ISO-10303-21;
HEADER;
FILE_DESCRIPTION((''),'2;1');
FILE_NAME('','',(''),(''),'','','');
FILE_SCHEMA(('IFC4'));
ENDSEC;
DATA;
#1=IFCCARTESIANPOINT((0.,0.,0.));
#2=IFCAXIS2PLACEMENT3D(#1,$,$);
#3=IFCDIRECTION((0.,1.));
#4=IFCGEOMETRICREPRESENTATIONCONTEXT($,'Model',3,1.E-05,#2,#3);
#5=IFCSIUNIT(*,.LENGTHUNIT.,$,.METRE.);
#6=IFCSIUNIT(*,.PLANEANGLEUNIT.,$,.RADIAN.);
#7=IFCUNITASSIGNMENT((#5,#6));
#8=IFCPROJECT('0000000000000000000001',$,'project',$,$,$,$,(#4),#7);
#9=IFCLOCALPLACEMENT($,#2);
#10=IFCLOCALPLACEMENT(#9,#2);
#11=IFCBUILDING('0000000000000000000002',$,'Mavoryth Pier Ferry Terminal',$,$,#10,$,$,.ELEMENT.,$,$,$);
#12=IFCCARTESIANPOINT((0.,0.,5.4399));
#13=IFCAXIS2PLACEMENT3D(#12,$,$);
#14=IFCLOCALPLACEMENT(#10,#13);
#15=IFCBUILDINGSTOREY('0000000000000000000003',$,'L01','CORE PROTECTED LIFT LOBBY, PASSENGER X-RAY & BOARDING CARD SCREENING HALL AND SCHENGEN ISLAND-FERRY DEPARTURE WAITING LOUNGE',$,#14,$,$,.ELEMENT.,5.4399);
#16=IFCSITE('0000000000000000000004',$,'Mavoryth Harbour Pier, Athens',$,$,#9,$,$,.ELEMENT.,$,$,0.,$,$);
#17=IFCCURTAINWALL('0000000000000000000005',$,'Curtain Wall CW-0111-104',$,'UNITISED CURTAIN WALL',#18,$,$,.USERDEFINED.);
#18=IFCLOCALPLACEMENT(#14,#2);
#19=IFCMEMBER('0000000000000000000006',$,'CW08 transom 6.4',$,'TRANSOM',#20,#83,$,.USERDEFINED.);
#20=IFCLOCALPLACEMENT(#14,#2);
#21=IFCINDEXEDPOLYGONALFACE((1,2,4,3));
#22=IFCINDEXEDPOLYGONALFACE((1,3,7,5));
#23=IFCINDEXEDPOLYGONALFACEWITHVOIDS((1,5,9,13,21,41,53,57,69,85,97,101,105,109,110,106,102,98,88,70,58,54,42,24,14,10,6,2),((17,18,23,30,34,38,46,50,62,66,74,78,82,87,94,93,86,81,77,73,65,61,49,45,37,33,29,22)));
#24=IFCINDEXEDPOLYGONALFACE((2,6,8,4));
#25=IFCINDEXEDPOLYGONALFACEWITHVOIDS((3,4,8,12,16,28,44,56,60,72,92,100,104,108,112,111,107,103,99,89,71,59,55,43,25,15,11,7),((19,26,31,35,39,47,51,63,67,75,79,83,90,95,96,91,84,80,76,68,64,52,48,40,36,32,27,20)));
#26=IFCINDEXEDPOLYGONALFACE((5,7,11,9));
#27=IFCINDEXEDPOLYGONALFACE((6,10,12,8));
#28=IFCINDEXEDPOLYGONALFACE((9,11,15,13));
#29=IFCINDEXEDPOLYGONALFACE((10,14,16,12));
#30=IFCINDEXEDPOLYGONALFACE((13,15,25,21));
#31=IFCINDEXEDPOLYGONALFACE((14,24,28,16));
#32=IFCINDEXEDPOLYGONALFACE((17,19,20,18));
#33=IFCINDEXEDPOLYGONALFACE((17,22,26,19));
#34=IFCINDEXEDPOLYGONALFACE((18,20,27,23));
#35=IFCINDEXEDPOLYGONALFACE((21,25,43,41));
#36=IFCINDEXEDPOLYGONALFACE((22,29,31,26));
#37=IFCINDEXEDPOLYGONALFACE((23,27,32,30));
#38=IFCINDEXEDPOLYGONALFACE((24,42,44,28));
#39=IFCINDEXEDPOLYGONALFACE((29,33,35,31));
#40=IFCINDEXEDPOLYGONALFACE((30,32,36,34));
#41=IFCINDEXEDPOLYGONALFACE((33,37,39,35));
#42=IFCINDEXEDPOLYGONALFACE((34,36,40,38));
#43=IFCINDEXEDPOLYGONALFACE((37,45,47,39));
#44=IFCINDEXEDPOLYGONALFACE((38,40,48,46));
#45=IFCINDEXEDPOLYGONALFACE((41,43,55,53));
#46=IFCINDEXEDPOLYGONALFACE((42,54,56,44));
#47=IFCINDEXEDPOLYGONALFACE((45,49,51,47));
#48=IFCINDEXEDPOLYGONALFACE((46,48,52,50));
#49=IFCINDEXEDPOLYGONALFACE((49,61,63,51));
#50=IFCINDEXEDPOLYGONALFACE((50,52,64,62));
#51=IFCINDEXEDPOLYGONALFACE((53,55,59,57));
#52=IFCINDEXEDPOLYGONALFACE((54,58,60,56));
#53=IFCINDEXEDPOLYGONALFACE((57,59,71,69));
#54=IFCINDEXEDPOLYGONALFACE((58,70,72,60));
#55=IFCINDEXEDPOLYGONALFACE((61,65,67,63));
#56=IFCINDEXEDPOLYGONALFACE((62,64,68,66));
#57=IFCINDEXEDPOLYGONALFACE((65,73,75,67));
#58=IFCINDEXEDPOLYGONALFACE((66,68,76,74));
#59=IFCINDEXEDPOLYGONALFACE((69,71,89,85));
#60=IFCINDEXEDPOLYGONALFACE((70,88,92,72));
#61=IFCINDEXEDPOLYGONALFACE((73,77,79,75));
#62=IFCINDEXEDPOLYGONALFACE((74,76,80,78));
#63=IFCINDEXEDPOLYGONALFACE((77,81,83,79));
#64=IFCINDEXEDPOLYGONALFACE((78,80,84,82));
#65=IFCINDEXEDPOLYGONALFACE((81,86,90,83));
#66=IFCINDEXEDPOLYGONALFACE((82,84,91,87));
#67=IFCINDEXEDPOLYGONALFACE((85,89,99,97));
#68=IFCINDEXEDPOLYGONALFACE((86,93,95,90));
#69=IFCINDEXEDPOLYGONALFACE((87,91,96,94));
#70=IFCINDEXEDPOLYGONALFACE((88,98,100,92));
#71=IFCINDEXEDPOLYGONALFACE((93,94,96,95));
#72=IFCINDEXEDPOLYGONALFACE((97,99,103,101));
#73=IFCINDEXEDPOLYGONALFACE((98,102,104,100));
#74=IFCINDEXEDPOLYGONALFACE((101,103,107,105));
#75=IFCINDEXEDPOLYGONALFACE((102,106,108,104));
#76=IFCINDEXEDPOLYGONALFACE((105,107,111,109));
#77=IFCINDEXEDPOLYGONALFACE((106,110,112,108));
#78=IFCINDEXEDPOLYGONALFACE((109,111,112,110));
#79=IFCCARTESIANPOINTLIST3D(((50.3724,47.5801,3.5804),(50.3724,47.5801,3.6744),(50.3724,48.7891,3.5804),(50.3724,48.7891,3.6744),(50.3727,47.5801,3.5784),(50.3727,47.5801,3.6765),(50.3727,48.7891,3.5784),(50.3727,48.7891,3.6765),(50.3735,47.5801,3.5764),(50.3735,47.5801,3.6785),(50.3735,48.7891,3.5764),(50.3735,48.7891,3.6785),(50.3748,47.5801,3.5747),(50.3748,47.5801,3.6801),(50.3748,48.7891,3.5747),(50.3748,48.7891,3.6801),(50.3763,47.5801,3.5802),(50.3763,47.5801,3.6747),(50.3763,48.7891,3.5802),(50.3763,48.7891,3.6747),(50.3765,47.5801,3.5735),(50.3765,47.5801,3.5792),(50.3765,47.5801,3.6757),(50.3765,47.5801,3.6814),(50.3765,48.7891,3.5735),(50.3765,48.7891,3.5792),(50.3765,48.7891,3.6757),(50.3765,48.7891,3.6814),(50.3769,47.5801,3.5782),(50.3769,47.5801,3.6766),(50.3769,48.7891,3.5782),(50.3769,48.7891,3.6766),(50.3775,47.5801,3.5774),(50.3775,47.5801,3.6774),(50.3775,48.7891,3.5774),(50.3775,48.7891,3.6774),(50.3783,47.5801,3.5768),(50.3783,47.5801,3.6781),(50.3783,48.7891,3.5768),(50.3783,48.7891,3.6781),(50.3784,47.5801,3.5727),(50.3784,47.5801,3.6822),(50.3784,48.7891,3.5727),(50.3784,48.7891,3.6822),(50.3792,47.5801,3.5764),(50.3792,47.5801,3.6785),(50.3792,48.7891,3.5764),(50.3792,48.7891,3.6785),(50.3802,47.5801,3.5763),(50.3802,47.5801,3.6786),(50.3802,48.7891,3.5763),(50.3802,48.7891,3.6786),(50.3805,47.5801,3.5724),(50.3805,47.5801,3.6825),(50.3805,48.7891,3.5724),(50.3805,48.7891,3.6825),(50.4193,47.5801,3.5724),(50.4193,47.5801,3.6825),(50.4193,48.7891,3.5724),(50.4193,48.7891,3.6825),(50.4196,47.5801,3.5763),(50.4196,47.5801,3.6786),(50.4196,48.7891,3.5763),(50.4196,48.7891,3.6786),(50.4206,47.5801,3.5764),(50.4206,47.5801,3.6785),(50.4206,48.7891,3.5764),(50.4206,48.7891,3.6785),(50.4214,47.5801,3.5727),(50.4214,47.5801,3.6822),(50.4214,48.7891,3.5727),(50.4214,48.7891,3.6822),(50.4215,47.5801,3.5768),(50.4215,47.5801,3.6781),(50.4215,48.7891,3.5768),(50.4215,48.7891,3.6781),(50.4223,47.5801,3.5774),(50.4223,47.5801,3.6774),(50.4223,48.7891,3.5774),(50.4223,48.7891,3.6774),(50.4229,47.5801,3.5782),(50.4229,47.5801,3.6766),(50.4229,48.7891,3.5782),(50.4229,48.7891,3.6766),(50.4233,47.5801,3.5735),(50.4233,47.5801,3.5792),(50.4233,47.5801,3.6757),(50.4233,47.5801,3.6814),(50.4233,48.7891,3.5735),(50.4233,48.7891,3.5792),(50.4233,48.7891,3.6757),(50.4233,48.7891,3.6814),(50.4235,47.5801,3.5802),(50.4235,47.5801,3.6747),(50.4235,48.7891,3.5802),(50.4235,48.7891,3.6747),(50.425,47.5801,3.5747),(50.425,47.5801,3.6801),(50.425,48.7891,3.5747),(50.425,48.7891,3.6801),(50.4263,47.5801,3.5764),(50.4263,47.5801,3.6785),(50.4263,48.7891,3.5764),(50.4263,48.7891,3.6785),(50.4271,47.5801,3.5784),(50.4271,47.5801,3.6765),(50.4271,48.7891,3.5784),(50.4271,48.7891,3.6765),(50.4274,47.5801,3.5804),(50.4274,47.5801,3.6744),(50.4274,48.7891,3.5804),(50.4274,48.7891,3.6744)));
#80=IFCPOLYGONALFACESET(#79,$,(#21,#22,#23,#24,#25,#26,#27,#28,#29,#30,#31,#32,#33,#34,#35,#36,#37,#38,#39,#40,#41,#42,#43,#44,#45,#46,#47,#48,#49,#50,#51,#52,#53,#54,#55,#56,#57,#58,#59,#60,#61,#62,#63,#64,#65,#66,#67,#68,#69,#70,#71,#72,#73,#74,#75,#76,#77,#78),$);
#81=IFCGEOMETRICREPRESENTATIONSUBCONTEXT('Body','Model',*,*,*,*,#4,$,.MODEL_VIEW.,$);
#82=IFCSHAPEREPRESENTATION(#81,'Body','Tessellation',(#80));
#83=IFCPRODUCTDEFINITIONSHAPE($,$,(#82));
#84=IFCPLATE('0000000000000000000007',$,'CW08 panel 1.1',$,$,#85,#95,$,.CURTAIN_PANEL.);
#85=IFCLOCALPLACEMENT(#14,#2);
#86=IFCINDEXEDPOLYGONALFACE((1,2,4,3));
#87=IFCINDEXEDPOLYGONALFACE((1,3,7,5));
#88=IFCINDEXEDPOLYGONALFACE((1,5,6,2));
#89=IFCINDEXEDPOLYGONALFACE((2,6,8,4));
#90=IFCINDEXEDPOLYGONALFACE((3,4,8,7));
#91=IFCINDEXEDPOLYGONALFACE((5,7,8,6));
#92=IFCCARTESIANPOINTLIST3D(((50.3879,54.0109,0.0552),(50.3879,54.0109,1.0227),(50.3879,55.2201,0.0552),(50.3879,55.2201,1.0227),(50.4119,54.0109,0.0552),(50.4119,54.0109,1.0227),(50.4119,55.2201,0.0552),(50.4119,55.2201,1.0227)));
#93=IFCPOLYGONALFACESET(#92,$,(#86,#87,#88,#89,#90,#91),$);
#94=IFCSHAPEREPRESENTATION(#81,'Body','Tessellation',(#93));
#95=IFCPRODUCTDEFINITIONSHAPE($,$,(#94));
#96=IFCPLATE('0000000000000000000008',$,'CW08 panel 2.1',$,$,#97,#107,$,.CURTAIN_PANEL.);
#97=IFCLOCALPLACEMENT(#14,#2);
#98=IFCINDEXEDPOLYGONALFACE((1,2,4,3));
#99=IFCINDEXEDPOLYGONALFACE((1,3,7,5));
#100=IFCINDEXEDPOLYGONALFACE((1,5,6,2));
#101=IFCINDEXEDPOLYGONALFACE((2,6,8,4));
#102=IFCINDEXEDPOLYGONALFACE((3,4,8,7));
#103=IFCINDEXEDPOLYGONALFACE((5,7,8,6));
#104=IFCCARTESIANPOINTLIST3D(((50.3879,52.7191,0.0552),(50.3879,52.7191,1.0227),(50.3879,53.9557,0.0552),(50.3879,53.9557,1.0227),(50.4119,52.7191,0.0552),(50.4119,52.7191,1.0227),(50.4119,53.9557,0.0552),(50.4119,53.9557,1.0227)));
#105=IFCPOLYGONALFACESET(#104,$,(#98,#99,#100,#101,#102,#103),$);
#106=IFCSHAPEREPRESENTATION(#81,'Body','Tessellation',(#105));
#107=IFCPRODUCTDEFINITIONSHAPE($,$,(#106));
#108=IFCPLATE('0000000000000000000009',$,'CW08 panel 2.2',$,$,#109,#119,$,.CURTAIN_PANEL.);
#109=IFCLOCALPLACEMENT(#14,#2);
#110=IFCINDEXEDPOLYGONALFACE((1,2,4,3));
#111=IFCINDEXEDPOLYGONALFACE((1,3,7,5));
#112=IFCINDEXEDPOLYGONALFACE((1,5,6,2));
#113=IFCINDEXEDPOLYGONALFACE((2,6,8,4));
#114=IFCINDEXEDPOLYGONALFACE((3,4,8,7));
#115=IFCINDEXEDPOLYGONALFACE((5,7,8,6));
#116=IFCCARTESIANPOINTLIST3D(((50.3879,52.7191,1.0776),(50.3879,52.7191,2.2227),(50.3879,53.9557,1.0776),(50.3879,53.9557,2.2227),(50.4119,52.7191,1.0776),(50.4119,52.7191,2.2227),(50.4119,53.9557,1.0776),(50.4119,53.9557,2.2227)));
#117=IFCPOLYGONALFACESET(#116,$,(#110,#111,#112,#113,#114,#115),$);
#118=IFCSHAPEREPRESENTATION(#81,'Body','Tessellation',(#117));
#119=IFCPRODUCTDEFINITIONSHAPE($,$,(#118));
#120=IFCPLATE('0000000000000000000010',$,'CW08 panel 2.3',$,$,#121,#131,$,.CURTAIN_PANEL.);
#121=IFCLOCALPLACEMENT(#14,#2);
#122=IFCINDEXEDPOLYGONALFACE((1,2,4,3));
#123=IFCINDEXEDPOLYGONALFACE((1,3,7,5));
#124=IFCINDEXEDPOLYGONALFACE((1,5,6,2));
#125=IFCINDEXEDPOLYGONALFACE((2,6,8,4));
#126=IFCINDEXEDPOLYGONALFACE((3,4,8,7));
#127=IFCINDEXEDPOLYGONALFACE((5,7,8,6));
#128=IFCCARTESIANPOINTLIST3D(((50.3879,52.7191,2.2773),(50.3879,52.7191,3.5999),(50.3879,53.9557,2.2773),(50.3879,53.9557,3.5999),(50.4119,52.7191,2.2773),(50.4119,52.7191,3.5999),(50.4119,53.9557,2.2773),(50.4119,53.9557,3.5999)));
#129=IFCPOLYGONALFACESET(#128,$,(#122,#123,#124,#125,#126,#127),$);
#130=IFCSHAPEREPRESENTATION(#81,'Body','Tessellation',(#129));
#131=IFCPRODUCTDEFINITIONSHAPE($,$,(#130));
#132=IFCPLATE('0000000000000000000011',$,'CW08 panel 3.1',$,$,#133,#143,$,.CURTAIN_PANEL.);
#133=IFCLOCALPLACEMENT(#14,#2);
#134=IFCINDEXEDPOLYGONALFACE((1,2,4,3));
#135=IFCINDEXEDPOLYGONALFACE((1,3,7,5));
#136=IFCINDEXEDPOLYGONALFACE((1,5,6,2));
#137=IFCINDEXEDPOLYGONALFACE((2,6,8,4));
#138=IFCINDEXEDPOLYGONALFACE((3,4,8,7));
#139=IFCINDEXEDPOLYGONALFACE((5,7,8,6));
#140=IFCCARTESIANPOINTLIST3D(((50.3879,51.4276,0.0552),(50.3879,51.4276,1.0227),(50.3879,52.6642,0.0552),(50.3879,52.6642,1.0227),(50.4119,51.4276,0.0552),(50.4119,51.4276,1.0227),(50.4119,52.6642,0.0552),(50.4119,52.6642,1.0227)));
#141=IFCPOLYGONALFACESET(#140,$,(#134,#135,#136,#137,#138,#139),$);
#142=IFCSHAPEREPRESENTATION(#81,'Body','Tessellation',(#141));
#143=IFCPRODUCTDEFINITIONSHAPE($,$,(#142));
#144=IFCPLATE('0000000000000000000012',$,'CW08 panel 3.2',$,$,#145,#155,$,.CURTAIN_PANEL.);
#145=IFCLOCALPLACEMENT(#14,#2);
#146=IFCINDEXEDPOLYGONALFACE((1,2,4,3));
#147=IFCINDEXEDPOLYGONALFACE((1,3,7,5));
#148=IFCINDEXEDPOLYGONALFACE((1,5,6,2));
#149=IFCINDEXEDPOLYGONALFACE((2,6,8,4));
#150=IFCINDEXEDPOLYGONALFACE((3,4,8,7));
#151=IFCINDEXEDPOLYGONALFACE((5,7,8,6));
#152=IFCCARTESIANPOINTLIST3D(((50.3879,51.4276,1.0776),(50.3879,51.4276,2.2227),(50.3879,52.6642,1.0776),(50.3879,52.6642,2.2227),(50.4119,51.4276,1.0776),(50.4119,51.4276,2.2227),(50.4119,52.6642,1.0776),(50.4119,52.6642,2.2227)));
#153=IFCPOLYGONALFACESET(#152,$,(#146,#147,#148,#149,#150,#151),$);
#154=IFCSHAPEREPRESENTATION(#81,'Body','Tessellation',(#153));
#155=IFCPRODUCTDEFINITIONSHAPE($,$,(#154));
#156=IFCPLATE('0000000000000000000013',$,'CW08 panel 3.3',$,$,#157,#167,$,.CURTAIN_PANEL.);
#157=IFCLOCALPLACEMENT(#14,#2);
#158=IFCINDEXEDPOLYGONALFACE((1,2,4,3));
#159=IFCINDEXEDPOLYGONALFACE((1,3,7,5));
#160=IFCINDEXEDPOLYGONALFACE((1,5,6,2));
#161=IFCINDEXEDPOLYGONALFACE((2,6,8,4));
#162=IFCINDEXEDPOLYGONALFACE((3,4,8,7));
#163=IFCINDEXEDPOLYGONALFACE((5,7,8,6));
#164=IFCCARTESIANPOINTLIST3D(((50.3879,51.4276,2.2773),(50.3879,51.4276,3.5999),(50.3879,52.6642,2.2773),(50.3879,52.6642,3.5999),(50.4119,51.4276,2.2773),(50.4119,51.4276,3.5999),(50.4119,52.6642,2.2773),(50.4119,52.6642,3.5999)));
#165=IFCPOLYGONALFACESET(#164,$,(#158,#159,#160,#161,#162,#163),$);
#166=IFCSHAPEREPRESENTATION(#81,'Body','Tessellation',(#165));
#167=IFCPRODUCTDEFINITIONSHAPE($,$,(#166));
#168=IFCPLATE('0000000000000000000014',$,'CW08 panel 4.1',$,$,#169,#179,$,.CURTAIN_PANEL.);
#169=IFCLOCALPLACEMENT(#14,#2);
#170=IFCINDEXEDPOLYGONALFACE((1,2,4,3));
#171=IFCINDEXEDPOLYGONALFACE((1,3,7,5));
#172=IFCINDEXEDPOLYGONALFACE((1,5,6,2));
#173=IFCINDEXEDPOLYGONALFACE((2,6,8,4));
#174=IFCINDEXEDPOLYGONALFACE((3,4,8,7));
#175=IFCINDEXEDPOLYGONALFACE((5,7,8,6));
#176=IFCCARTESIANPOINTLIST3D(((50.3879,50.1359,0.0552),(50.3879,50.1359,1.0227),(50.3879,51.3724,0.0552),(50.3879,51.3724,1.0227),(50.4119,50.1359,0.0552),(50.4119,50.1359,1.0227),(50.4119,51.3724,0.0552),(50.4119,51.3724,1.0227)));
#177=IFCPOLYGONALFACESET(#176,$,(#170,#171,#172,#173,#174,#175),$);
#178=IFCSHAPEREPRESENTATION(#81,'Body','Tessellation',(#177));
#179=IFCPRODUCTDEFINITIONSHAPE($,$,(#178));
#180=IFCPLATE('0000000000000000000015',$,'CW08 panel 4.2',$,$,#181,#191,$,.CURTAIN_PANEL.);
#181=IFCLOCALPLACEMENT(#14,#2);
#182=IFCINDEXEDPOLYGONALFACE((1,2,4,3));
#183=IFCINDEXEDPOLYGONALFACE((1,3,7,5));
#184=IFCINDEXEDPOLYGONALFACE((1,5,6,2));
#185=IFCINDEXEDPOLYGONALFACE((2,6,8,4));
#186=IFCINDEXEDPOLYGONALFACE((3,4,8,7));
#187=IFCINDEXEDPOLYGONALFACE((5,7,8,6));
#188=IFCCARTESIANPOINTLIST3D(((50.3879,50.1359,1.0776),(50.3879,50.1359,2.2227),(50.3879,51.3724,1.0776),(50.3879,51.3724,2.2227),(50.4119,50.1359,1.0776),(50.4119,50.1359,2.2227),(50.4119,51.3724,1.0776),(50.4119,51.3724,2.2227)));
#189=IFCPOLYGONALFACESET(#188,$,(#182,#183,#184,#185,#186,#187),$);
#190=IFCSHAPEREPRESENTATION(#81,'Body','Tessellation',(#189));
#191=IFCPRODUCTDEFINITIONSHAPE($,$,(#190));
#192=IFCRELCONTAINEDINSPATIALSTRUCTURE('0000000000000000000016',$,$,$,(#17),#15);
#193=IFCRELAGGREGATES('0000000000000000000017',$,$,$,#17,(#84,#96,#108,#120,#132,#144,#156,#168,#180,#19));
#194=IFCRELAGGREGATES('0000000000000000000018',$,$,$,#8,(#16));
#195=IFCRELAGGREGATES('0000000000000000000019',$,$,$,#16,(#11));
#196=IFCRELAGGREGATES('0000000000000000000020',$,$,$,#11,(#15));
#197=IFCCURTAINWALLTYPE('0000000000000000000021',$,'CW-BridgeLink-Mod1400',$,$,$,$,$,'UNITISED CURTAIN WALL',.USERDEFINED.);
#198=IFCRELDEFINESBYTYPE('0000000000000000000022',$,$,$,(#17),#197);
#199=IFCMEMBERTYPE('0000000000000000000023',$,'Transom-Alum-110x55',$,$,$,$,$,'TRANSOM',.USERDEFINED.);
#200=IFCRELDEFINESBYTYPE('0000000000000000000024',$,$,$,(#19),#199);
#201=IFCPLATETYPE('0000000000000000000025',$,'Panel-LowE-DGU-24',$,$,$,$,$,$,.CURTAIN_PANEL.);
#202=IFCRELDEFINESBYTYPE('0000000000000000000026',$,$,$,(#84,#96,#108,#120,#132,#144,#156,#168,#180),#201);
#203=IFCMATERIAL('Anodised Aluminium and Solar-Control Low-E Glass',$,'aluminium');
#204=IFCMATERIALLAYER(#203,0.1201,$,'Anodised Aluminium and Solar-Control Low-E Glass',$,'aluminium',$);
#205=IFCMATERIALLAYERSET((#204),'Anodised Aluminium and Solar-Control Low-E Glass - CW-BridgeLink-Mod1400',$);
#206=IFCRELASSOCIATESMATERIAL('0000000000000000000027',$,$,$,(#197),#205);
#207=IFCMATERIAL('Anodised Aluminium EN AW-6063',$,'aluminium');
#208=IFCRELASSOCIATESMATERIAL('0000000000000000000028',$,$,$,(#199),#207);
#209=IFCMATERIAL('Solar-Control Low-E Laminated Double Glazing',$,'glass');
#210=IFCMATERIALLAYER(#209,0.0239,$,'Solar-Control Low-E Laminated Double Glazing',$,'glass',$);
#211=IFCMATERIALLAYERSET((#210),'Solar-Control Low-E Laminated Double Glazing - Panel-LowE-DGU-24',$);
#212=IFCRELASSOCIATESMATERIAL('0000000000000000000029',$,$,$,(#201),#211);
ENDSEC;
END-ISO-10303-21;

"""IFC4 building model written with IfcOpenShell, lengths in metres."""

from ifc_helpers import new_model, si_unit, direction, frame, origin, origin_2d, place, context, subcontext, project, spatial, rectangle, hollow_rectangle, extrude, material, layer, layer_set, material_profile, profile_set, type_object, element, aggregate, save


model = new_model("IFC4")

# Units and contexts
model_context = context("Model", 3, precision=1e-05, world=origin(), true_north=direction((0.0, 1.0)))
body_context = subcontext(model_context, "Body", "Model", "MODEL_VIEW")
ifc_project = project(units=[si_unit("LENGTHUNIT", "METRE"), si_unit("PLANEANGLEUNIT", "RADIAN")], contexts=[model_context])

# Site, building, storey
site_placement = place(None, origin())
site = spatial("IfcSite", under=ifc_project, at=site_placement, Name="Mavoryth Harbour Pier, Athens", CompositionType="ELEMENT", RefElevation=0.0)
building_placement = place(site_placement, origin())
building = spatial("IfcBuilding", under=site, at=building_placement, Name="Mavoryth Pier Ferry Terminal", CompositionType="ELEMENT")
storey_placement = place(building_placement, frame((0.0, 0.0, 5.4399)))
storey = spatial("IfcBuildingStorey", under=building, at=storey_placement, Name="L01", Description="CORE PROTECTED LIFT LOBBY, PASSENGER X-RAY & BOARDING CARD SCREENING HALL AND SCHENGEN ISLAND-FERRY DEPARTURE WAITING LOUNGE", CompositionType="ELEMENT", Elevation=5.4399)

# Curtain wall, member, plates
ifc_material_1 = material(Name="Anodised Aluminium and Solar-Control Low-E Glass", Category="aluminium")
ifc_layer_1 = layer(ifc_material_1, 0.1201, Name="Anodised Aluminium and Solar-Control Low-E Glass", Category="aluminium")
ifc_layer_set_1 = layer_set([ifc_layer_1], Name="Anodised Aluminium and Solar-Control Low-E Glass - CW-BridgeLink-Mod1400")
curtain_wall_type = type_object("IfcCurtainWallType", Name="CW-BridgeLink-Mod1400", ElementType="UNITISED CURTAIN WALL", PredefinedType="USERDEFINED", material=ifc_layer_set_1)
curtain_wall_placement = place(storey_placement, origin())
curtain_wall = element("IfcCurtainWall", 1, at=curtain_wall_placement, inside=storey, type_object=curtain_wall_type, Name="Curtain Wall CW-0111-104", ObjectType="UNITISED CURTAIN WALL", PredefinedType="USERDEFINED")
ifc_material_2 = material(Name="Anodised Aluminium EN AW-6063", Category="aluminium")
ifc_material_profile_1 = material_profile(ifc_material_2, hollow_rectangle(XDim=0.0549, YDim=0.1101, WallThickness=0.0039, InnerFilletRadius=0.0039, OuterFilletRadius=0.0081, at=origin_2d()), Name="AL-TRAN 110x55x4", Category="aluminium")
ifc_profile_set_1 = profile_set([ifc_material_profile_1], Name="Anodised Aluminium EN AW-6063 - AL-TRAN 110x55x4")
member_type_1 = type_object("IfcMemberType", Name="Transom-Alum-110x55", ElementType="TRANSOM", PredefinedType="USERDEFINED", material=ifc_profile_set_1)
member_1_placement = place(storey_placement, frame((50.3999, 48.7891, 3.6274), z_axis=(0.0, -1.0, 0.0), x_axis=(1.0, 0.0, 0.0)))
member_1 = element("IfcMember", 2, at=member_1_placement, type_object=member_type_1, Name="CW08 transom 6.4", ObjectType="TRANSOM", PredefinedType="USERDEFINED", context=body_context, shape_type="SweptSolid", body=[
    extrude(hollow_rectangle(XDim=0.0549, YDim=0.1101, WallThickness=0.0039, InnerFilletRadius=0.0039, OuterFilletRadius=0.0081, at=origin_2d()), origin(), (0.0, 0.0, 1.0), 1.209),
])
ifc_material_3 = material(Name="Solar-Control Low-E Laminated Double Glazing", Category="glass")
ifc_layer_2 = layer(ifc_material_3, 0.0239, Name="Solar-Control Low-E Laminated Double Glazing", Category="glass")
ifc_layer_set_2 = layer_set([ifc_layer_2], Name="Solar-Control Low-E Laminated Double Glazing - Panel-LowE-DGU-24")
plate_type = type_object("IfcPlateType", Name="Panel-LowE-DGU-24", PredefinedType="CURTAIN_PANEL", material=ifc_layer_set_2)
plate_1_placement = place(storey_placement, frame((50.3999, 54.6155, 0.0552), z_axis=(0.0, 0.0, 1.0), x_axis=(0.0, -1.0, 0.0)))
plate_1 = element("IfcPlate", 3, at=plate_1_placement, type_object=plate_type, Name="CW08 panel 1.1", PredefinedType="CURTAIN_PANEL", context=body_context, shape_type="SweptSolid", body=[
    extrude(rectangle(XDim=1.2092, YDim=0.0239, at=origin_2d()), origin(), (0.0, 0.0, 1.0), 0.9675),
])
plate_2_placement = place(storey_placement, frame((50.3999, 53.3374, 0.0552), z_axis=(0.0, 0.0, 1.0), x_axis=(0.0, -1.0, 0.0)))
plate_2 = element("IfcPlate", 4, at=plate_2_placement, type_object=plate_type, Name="CW08 panel 2.1", PredefinedType="CURTAIN_PANEL", context=body_context, shape_type="SweptSolid", body=[
    extrude(rectangle(XDim=1.2366, YDim=0.0239, at=origin_2d()), origin(), (0.0, 0.0, 1.0), 0.9675),
])
plate_3_placement = place(storey_placement, frame((50.3999, 53.3374, 1.0776), z_axis=(0.0, 0.0, 1.0), x_axis=(0.0, -1.0, 0.0)))
plate_3 = element("IfcPlate", 5, at=plate_3_placement, type_object=plate_type, Name="CW08 panel 2.2", PredefinedType="CURTAIN_PANEL", context=body_context, shape_type="SweptSolid", body=[
    extrude(rectangle(XDim=1.2366, YDim=0.0239, at=origin_2d()), origin(), (0.0, 0.0, 1.0), 1.145),
])
plate_4_placement = place(storey_placement, frame((50.3999, 53.3374, 2.2773), z_axis=(0.0, 0.0, 1.0), x_axis=(0.0, -1.0, 0.0)))
plate_4 = element("IfcPlate", 6, at=plate_4_placement, type_object=plate_type, Name="CW08 panel 2.3", PredefinedType="CURTAIN_PANEL", context=body_context, shape_type="SweptSolid", body=[
    extrude(rectangle(XDim=1.2366, YDim=0.0239, at=origin_2d()), origin(), (0.0, 0.0, 1.0), 1.3225),
])
plate_5_placement = place(storey_placement, frame((50.3999, 52.0459, 0.0552), z_axis=(0.0, 0.0, 1.0), x_axis=(0.0, -1.0, 0.0)))
plate_5 = element("IfcPlate", 7, at=plate_5_placement, type_object=plate_type, Name="CW08 panel 3.1", PredefinedType="CURTAIN_PANEL", context=body_context, shape_type="SweptSolid", body=[
    extrude(rectangle(XDim=1.2366, YDim=0.0239, at=origin_2d()), origin(), (0.0, 0.0, 1.0), 0.9675),
])
plate_6_placement = place(storey_placement, frame((50.3999, 52.0459, 1.0776), z_axis=(0.0, 0.0, 1.0), x_axis=(0.0, -1.0, 0.0)))
plate_6 = element("IfcPlate", 8, at=plate_6_placement, type_object=plate_type, Name="CW08 panel 3.2", PredefinedType="CURTAIN_PANEL", context=body_context, shape_type="SweptSolid", body=[
    extrude(rectangle(XDim=1.2366, YDim=0.0239, at=origin_2d()), origin(), (0.0, 0.0, 1.0), 1.145),
])
plate_7_placement = place(storey_placement, frame((50.3999, 52.0459, 2.2773), z_axis=(0.0, 0.0, 1.0), x_axis=(0.0, -1.0, 0.0)))
plate_7 = element("IfcPlate", 9, at=plate_7_placement, type_object=plate_type, Name="CW08 panel 3.3", PredefinedType="CURTAIN_PANEL", context=body_context, shape_type="SweptSolid", body=[
    extrude(rectangle(XDim=1.2366, YDim=0.0239, at=origin_2d()), origin(), (0.0, 0.0, 1.0), 1.3225),
])
plate_8_placement = place(storey_placement, frame((50.3999, 50.7542, 0.0552), z_axis=(0.0, 0.0, 1.0), x_axis=(0.0, -1.0, 0.0)))
plate_8 = element("IfcPlate", 10, at=plate_8_placement, type_object=plate_type, Name="CW08 panel 4.1", PredefinedType="CURTAIN_PANEL", context=body_context, shape_type="SweptSolid", body=[
    extrude(rectangle(XDim=1.2366, YDim=0.0239, at=origin_2d()), origin(), (0.0, 0.0, 1.0), 0.9675),
])
plate_9_placement = place(storey_placement, frame((50.3999, 50.7542, 1.0776), z_axis=(0.0, 0.0, 1.0), x_axis=(0.0, -1.0, 0.0)))
plate_9 = element("IfcPlate", 11, at=plate_9_placement, type_object=plate_type, Name="CW08 panel 4.2", PredefinedType="CURTAIN_PANEL", context=body_context, shape_type="SweptSolid", body=[
    extrude(rectangle(XDim=1.2366, YDim=0.0239, at=origin_2d()), origin(), (0.0, 0.0, 1.0), 1.145),
])
aggregate(curtain_wall, [plate_1, plate_2, plate_3, plate_4, plate_5, plate_6, plate_7, plate_8, plate_9, member_1])

save(model, "model.ifc")
